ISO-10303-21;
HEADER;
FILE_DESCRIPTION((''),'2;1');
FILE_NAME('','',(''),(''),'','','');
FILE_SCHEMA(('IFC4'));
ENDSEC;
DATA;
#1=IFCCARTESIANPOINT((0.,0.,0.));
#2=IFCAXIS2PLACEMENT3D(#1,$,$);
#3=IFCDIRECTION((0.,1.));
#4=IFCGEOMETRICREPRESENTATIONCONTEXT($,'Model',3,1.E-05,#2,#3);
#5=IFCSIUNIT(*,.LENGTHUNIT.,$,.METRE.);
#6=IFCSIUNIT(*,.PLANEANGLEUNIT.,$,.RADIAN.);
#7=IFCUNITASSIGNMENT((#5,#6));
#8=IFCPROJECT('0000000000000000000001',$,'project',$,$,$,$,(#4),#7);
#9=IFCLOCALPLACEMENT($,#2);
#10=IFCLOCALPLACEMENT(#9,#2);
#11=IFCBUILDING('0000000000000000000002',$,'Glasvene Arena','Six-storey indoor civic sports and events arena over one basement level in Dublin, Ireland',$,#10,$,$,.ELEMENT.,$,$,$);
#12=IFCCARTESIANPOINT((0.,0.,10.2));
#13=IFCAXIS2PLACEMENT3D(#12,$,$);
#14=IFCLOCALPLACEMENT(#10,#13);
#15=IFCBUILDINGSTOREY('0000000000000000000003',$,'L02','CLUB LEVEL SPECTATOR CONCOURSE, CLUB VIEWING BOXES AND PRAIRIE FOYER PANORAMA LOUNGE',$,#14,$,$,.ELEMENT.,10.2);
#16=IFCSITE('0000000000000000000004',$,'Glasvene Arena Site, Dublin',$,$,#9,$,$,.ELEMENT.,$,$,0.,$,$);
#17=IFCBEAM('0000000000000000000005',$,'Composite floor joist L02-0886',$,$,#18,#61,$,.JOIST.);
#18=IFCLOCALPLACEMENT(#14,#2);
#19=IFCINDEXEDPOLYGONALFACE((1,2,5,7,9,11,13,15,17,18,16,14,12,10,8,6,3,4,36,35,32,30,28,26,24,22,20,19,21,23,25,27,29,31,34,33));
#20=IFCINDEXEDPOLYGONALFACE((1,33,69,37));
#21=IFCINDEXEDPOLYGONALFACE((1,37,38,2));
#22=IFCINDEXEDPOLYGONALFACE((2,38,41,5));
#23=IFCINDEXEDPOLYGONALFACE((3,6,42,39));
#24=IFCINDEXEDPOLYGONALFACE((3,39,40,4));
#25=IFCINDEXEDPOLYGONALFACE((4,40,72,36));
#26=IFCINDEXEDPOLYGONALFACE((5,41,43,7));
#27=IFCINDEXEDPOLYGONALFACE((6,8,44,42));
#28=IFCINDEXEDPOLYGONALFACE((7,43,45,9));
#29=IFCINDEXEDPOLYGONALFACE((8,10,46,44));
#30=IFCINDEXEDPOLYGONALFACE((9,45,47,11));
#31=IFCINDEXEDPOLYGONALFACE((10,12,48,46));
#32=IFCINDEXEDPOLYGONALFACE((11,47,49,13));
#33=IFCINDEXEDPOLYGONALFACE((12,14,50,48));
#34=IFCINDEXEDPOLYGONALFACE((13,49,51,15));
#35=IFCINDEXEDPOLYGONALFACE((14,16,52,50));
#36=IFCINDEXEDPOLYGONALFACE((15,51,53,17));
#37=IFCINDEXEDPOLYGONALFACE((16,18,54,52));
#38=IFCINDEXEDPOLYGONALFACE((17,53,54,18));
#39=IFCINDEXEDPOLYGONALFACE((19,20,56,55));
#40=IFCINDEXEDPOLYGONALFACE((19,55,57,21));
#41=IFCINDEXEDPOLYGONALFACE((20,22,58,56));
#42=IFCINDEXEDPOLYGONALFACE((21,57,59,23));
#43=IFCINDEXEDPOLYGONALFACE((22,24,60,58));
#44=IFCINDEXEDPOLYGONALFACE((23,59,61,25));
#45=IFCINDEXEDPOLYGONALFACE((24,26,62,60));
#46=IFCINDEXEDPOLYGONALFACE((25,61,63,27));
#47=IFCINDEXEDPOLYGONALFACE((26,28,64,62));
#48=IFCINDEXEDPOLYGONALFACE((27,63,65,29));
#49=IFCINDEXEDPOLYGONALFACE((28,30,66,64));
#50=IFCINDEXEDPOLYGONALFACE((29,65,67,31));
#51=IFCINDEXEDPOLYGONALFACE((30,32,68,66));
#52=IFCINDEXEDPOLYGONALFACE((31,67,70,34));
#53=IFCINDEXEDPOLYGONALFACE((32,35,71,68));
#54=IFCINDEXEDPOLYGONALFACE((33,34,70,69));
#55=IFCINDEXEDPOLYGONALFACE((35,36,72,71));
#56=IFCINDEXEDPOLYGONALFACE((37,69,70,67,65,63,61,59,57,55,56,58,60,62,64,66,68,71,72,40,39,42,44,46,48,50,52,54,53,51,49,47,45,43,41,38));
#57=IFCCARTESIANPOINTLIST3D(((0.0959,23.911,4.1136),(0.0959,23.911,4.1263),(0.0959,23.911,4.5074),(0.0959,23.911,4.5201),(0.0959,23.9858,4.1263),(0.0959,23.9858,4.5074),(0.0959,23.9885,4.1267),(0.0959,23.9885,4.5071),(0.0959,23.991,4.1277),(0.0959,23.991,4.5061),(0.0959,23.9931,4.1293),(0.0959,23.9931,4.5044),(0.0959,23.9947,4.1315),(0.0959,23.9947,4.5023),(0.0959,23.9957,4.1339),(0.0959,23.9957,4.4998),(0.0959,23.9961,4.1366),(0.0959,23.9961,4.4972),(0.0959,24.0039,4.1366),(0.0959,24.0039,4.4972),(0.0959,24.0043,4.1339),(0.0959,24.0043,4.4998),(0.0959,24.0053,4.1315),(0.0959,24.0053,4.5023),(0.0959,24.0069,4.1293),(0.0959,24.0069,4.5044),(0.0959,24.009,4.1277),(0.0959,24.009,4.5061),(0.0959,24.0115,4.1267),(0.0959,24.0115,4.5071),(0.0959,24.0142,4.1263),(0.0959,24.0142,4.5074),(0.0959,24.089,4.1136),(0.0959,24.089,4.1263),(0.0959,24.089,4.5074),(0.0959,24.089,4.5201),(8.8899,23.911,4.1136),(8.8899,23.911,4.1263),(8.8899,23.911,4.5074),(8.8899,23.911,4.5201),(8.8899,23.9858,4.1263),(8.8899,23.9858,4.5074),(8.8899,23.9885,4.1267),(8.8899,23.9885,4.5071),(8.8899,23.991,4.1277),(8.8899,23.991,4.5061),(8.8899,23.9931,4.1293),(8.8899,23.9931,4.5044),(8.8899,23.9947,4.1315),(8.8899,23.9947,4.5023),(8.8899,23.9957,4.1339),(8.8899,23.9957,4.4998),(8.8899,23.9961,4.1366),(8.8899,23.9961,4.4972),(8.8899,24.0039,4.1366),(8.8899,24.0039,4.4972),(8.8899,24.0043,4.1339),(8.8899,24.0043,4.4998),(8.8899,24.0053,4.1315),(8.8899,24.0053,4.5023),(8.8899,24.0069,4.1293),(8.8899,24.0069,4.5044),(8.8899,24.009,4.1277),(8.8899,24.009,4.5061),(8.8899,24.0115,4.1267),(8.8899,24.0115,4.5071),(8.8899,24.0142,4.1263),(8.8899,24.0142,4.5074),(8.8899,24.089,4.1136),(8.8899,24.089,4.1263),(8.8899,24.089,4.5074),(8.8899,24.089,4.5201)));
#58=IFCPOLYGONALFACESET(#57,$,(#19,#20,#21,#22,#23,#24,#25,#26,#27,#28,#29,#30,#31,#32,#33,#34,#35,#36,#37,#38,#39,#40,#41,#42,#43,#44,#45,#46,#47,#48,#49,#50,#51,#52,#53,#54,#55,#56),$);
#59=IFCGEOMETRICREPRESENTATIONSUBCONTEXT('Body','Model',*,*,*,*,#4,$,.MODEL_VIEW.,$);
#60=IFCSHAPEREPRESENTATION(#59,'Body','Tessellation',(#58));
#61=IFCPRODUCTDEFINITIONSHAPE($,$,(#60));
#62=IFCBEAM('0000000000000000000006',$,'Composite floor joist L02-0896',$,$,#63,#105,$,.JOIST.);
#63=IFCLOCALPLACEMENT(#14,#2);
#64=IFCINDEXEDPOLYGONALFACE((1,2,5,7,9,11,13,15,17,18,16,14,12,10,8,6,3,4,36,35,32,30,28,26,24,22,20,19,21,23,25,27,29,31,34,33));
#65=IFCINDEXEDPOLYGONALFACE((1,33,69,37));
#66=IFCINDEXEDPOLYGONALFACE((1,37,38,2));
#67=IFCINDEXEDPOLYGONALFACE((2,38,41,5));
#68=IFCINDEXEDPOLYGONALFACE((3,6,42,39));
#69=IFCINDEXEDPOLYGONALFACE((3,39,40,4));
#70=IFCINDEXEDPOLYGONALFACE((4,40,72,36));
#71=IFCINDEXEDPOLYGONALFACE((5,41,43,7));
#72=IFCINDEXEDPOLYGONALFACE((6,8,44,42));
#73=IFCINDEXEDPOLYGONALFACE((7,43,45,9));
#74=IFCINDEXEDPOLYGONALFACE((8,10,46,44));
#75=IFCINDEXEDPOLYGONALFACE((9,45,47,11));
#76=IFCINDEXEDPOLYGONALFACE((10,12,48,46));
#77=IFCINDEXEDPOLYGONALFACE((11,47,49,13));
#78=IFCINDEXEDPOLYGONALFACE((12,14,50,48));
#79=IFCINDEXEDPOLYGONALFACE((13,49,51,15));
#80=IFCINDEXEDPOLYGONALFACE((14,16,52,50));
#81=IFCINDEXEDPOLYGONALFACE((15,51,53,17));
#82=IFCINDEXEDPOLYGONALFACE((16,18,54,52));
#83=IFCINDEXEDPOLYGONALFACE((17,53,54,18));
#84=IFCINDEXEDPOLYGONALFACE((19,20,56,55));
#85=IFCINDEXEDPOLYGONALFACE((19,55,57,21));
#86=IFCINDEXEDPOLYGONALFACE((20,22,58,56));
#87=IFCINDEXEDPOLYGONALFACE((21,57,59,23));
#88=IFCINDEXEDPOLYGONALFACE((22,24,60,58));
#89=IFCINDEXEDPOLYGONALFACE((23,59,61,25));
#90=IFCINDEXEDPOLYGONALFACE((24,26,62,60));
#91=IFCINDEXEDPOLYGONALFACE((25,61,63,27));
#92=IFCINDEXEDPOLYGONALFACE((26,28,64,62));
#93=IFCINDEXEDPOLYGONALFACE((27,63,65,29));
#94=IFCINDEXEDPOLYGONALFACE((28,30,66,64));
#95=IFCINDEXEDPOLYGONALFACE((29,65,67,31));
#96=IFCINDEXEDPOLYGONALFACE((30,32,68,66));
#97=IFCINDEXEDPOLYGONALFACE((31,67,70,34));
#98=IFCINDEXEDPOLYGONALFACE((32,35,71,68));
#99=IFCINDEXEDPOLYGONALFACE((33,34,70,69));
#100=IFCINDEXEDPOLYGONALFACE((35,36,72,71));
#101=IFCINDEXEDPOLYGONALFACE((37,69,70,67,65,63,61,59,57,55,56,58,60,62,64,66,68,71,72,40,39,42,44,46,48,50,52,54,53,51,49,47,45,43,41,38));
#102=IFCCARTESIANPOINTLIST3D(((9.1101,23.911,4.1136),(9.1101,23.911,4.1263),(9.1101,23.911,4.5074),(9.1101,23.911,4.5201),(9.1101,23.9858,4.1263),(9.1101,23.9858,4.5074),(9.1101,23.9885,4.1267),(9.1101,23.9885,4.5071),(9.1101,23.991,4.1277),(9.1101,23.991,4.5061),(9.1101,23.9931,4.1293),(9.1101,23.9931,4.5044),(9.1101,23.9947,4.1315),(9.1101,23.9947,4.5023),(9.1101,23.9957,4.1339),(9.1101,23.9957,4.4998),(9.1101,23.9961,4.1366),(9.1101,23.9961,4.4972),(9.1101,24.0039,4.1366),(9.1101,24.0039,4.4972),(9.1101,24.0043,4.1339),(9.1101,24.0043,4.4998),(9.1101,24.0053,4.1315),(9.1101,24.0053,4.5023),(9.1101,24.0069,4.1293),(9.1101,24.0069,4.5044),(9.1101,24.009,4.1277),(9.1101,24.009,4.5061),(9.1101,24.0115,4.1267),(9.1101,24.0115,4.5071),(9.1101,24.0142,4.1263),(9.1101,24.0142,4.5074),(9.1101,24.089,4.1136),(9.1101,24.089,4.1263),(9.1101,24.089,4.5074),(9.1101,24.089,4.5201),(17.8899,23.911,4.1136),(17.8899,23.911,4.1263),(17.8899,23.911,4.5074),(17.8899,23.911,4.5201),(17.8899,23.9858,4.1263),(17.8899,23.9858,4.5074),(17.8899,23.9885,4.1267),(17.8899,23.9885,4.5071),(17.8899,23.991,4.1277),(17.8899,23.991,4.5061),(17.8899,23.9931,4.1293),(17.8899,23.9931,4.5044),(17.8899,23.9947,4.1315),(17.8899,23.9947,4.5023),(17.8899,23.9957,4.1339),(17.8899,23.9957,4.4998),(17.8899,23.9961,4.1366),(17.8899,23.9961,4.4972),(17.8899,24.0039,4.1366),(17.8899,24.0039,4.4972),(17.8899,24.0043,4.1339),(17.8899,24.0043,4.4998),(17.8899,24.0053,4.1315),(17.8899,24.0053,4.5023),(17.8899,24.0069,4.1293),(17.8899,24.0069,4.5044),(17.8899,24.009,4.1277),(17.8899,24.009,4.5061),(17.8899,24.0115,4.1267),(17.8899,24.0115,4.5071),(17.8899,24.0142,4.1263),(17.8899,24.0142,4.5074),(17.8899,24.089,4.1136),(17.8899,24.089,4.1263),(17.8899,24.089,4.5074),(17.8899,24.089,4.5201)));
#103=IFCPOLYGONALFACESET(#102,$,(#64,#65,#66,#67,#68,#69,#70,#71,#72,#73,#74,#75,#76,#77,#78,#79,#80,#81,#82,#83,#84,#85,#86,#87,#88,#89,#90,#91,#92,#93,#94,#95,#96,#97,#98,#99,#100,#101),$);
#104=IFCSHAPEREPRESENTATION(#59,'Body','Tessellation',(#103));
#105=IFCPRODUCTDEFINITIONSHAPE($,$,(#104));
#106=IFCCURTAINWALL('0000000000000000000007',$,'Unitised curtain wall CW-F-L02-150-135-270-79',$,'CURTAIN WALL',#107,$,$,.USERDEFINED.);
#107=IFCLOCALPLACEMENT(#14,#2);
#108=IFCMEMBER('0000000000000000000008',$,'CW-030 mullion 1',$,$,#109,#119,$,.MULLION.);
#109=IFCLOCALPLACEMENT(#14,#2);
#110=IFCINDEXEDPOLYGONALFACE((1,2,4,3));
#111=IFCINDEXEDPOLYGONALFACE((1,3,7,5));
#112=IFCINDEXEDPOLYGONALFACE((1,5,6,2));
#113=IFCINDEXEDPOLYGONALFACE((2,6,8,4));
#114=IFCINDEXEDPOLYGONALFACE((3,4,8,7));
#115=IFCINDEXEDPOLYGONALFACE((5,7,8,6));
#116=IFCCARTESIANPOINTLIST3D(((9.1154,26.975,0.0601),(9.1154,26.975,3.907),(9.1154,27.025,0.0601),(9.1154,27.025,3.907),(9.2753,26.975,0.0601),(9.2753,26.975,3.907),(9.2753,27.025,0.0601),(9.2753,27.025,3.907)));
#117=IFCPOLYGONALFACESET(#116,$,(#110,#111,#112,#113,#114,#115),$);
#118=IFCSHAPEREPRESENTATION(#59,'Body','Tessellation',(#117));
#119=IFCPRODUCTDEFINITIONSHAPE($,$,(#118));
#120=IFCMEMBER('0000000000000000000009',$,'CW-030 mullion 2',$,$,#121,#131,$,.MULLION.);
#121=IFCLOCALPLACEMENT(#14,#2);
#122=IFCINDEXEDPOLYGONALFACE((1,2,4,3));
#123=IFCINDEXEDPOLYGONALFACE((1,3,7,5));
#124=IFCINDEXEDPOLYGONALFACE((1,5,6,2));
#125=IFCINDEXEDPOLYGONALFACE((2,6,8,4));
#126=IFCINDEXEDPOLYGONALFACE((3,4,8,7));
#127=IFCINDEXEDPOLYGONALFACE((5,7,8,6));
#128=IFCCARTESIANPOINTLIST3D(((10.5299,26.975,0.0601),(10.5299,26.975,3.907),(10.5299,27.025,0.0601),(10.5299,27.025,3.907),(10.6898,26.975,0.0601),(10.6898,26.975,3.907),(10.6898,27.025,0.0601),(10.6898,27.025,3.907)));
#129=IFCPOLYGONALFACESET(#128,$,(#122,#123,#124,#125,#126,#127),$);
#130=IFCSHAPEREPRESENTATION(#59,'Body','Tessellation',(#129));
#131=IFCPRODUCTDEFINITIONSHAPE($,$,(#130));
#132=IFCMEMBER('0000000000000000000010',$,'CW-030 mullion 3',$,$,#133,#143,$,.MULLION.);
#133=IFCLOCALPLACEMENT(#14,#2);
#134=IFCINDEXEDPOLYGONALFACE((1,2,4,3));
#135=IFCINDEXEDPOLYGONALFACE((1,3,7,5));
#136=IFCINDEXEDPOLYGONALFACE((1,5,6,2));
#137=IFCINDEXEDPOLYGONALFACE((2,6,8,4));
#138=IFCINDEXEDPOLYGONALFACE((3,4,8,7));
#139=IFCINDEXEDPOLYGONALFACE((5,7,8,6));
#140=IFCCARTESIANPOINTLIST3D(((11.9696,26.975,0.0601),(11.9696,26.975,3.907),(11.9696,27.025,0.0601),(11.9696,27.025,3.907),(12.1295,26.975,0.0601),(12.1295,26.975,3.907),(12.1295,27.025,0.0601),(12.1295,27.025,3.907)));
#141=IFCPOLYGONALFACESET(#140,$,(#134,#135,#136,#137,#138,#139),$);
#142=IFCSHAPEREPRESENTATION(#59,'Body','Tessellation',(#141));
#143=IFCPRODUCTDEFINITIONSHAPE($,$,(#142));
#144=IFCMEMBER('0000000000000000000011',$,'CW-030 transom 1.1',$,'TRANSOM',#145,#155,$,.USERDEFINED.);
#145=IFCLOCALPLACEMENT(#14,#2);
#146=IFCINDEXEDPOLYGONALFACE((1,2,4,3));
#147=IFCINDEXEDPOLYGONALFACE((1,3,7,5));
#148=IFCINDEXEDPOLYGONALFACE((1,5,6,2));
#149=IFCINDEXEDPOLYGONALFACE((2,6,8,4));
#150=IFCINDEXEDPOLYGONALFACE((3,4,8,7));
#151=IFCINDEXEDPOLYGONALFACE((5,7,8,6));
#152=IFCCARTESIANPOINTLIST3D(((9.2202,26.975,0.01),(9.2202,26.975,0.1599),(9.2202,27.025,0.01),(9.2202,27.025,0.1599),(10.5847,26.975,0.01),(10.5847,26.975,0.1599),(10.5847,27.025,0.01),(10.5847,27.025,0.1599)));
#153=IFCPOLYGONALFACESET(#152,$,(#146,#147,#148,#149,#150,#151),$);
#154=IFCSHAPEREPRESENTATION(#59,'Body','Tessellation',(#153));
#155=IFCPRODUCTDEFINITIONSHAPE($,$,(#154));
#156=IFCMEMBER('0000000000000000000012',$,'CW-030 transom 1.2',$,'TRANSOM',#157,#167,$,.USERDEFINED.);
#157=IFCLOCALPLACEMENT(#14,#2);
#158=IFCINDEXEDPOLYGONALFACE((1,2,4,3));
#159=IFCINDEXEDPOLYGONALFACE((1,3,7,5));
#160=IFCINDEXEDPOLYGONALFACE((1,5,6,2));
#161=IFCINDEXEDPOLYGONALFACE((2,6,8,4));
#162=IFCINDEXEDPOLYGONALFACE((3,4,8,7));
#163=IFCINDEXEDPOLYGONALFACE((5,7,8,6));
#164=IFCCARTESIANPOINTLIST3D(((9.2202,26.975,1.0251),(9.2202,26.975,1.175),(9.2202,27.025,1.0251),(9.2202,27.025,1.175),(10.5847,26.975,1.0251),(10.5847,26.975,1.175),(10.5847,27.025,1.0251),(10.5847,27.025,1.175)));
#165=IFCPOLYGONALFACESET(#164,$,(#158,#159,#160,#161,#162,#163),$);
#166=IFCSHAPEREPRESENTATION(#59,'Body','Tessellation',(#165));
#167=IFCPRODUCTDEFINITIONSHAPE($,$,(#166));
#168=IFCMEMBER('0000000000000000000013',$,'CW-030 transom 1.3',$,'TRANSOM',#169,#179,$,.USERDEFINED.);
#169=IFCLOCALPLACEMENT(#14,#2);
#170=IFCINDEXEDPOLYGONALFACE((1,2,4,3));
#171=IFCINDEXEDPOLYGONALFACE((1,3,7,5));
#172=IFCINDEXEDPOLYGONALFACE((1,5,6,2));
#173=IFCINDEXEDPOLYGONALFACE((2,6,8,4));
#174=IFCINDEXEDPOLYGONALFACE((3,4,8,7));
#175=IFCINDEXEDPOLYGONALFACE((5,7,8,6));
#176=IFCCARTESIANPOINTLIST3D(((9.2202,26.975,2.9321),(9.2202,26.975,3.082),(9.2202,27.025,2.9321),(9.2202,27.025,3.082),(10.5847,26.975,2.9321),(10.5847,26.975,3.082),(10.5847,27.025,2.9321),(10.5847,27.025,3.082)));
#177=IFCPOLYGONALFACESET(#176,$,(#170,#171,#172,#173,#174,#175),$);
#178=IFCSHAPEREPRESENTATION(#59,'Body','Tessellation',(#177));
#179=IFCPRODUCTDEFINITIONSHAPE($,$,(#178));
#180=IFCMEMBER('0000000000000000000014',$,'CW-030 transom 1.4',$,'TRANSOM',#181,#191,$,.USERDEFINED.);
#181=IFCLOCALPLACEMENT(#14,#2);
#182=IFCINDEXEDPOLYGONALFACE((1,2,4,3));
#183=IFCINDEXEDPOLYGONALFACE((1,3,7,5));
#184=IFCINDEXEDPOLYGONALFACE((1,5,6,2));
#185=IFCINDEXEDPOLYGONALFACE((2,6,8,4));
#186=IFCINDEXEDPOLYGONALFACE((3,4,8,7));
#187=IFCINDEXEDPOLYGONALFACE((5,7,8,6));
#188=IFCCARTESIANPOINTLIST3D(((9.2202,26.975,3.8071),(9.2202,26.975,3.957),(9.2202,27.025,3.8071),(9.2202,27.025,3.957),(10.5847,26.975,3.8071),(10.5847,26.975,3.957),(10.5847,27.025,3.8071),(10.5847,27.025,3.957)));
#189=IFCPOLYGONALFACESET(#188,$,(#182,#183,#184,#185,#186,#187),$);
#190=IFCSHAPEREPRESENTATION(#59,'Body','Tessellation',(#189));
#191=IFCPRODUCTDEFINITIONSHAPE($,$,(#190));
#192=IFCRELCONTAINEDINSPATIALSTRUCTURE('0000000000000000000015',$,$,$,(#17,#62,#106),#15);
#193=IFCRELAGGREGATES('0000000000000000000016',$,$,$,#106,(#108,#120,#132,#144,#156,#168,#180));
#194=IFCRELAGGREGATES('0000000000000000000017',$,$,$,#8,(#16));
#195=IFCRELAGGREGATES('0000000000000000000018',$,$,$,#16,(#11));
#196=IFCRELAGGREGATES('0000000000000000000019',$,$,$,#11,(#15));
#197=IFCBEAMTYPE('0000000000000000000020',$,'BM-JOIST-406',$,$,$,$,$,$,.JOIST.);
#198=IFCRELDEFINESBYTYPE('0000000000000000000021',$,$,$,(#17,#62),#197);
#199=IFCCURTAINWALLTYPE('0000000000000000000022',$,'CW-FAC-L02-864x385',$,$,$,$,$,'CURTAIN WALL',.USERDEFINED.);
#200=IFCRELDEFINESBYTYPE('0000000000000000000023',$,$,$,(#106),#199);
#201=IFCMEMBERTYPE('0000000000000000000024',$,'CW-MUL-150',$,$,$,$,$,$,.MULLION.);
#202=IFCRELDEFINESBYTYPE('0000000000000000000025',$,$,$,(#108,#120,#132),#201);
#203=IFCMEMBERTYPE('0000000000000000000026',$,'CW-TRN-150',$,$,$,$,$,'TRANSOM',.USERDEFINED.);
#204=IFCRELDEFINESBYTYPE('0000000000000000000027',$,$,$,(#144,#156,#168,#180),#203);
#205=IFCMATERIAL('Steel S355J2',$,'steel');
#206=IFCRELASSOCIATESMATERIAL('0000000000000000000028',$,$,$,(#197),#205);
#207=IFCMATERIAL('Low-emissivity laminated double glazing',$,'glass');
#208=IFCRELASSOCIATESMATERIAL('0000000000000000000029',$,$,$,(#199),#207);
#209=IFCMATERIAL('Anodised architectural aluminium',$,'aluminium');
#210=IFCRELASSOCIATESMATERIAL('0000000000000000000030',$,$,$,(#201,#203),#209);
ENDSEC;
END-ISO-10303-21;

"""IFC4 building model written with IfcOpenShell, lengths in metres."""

from ifc_helpers import new_model, si_unit, direction, frame, origin, origin_2d, place, context, subcontext, project, spatial, rectangle, i_section, extrude, material, material_profile, profile_set, type_object, element, aggregate, save


model = new_model("IFC4")

# Units and contexts
model_context = context("Model", 3, precision=1e-05, world=origin(), true_north=direction((0.0, 1.0)))
body_context = subcontext(model_context, "Body", "Model", "MODEL_VIEW")
ifc_project = project(units=[si_unit("LENGTHUNIT", "METRE"), si_unit("PLANEANGLEUNIT", "RADIAN")], contexts=[model_context])

# Site, building, storey
site_placement = place(None, origin())
site = spatial("IfcSite", under=ifc_project, at=site_placement, Name="Glasvene Arena Site, Dublin", CompositionType="ELEMENT", RefElevation=0.0)
building_placement = place(site_placement, origin())
building = spatial("IfcBuilding", under=site, at=building_placement, Name="Glasvene Arena", Description="Six-storey indoor civic sports and events arena over one basement level in Dublin, Ireland", CompositionType="ELEMENT")
storey_placement = place(building_placement, frame((0.0, 0.0, 10.2)))
storey = spatial("IfcBuildingStorey", under=building, at=storey_placement, Name="L02", Description="CLUB LEVEL SPECTATOR CONCOURSE, CLUB VIEWING BOXES AND PRAIRIE FOYER PANORAMA LOUNGE", CompositionType="ELEMENT", Elevation=10.2)

# Shared definitions
ifc_material_1 = material(Name="Steel S355J2", Category="steel")

# Beams
ifc_material_profile_1 = material_profile(ifc_material_1, i_section(OverallWidth=0.178, OverallDepth=0.4065, WebThickness=0.0078, FlangeThickness=0.0127, FilletRadius=0.0103, at=origin_2d()), Name="UKB 406x178x60")
ifc_profile_set_1 = profile_set([ifc_material_profile_1], Name="Steel S355J2")
beam_type_1 = type_object("IfcBeamType", Name="BM-JOIST-406", PredefinedType="JOIST", material=ifc_profile_set_1)
beam_1_placement = place(storey_placement, frame((0.0959, 24.0, 4.3169), z_axis=(1.0, 0.0, 0.0), x_axis=(0.0, 1.0, 0.0)))
element("IfcBeam", 1, at=beam_1_placement, inside=storey, type_object=beam_type_1, Name="Composite floor joist L02-0886", PredefinedType="JOIST", context=body_context, shape_type="SweptSolid", body=[
    extrude(i_section(OverallWidth=0.178, OverallDepth=0.4065, WebThickness=0.0078, FlangeThickness=0.0127, FilletRadius=0.0103, at=origin_2d()), origin(), (0.0, 0.0, 1.0), 8.7939),
])
beam_2_placement = place(storey_placement, frame((9.1101, 24.0, 4.3169), z_axis=(1.0, 0.0, 0.0), x_axis=(0.0, 1.0, 0.0)))
element("IfcBeam", 2, at=beam_2_placement, inside=storey, type_object=beam_type_1, Name="Composite floor joist L02-0896", PredefinedType="JOIST", context=body_context, shape_type="SweptSolid", body=[
    extrude(i_section(OverallWidth=0.178, OverallDepth=0.4065, WebThickness=0.0078, FlangeThickness=0.0127, FilletRadius=0.0103, at=origin_2d()), origin(), (0.0, 0.0, 1.0), 8.7798),
])

# Curtain wall, members
ifc_material_2 = material(Name="Low-emissivity laminated double glazing", Category="glass")
curtain_wall_type = type_object("IfcCurtainWallType", Name="CW-FAC-L02-864x385", ElementType="CURTAIN WALL", PredefinedType="USERDEFINED", material=ifc_material_2)
curtain_wall_placement = place(storey_placement, frame((9.1702, 27.0, 0.0)))
curtain_wall = element("IfcCurtainWall", 3, at=curtain_wall_placement, inside=storey, type_object=curtain_wall_type, Name="Unitised curtain wall CW-F-L02-150-135-270-79", ObjectType="CURTAIN WALL", PredefinedType="USERDEFINED")
ifc_material_3 = material(Name="Anodised architectural aluminium", Category="aluminium")
ifc_material_profile_2 = material_profile(ifc_material_3, rectangle(XDim=0.05, YDim=0.1599, at=origin_2d()), Name="ALU MULLION 50x160")
ifc_profile_set_2 = profile_set([ifc_material_profile_2], Name="Anodised architectural aluminium")
member_type_1 = type_object("IfcMemberType", Name="CW-MUL-150", PredefinedType="MULLION", material=ifc_profile_set_2)
member_1_placement = place(storey_placement, frame((9.1953, 27.0, 0.0601), z_axis=(0.0, 0.0, 1.0), x_axis=(0.0, 1.0, 0.0)))
member_1 = element("IfcMember", 4, at=member_1_placement, type_object=member_type_1, Name="CW-030 mullion 1", PredefinedType="MULLION", context=body_context, shape_type="SweptSolid", body=[
    extrude(rectangle(XDim=0.05, YDim=0.1599, at=origin_2d()), origin(), (0.0, 0.0, 1.0), 3.8469),
])
member_2_placement = place(storey_placement, frame((10.6099, 27.0, 0.0601), z_axis=(0.0, 0.0, 1.0), x_axis=(0.0, 1.0, 0.0)))
member_2 = element("IfcMember", 5, at=member_2_placement, type_object=member_type_1, Name="CW-030 mullion 2", PredefinedType="MULLION", context=body_context, shape_type="SweptSolid", body=[
    extrude(rectangle(XDim=0.05, YDim=0.1599, at=origin_2d()), origin(), (0.0, 0.0, 1.0), 3.8469),
])
member_3_placement = place(storey_placement, frame((12.0496, 27.0, 0.0601), z_axis=(0.0, 0.0, 1.0), x_axis=(0.0, 1.0, 0.0)))
member_3 = element("IfcMember", 6, at=member_3_placement, type_object=member_type_1, Name="CW-030 mullion 3", PredefinedType="MULLION", context=body_context, shape_type="SweptSolid", body=[
    extrude(rectangle(XDim=0.05, YDim=0.1599, at=origin_2d()), origin(), (0.0, 0.0, 1.0), 3.8469),
])
ifc_material_profile_3 = material_profile(ifc_material_3, rectangle(XDim=0.05, YDim=0.1499, at=origin_2d()), Name="ALU TRANSOM 50x150")
ifc_profile_set_3 = profile_set([ifc_material_profile_3], Name="Anodised architectural aluminium")
member_type_2 = type_object("IfcMemberType", Name="CW-TRN-150", ElementType="TRANSOM", PredefinedType="USERDEFINED", material=ifc_profile_set_3)
member_4_placement = place(storey_placement, frame((9.2202, 27.0, 0.085), z_axis=(1.0, 0.0, 0.0), x_axis=(0.0, 1.0, 0.0)))
member_4 = element("IfcMember", 7, at=member_4_placement, type_object=member_type_2, Name="CW-030 transom 1.1", ObjectType="TRANSOM", PredefinedType="USERDEFINED", context=body_context, shape_type="SweptSolid", body=[
    extrude(rectangle(XDim=0.05, YDim=0.1499, at=origin_2d()), origin(), (0.0, 0.0, 1.0), 1.3645),
])
member_5_placement = place(storey_placement, frame((9.2202, 27.0, 1.1001), z_axis=(1.0, 0.0, 0.0), x_axis=(0.0, 1.0, 0.0)))
member_5 = element("IfcMember", 8, at=member_5_placement, type_object=member_type_2, Name="CW-030 transom 1.2", ObjectType="TRANSOM", PredefinedType="USERDEFINED", context=body_context, shape_type="SweptSolid", body=[
    extrude(rectangle(XDim=0.05, YDim=0.1499, at=origin_2d()), origin(), (0.0, 0.0, 1.0), 1.3645),
])
member_6_placement = place(storey_placement, frame((9.2202, 27.0, 3.0071), z_axis=(1.0, 0.0, 0.0), x_axis=(0.0, 1.0, 0.0)))
member_6 = element("IfcMember", 9, at=member_6_placement, type_object=member_type_2, Name="CW-030 transom 1.3", ObjectType="TRANSOM", PredefinedType="USERDEFINED", context=body_context, shape_type="SweptSolid", body=[
    extrude(rectangle(XDim=0.05, YDim=0.1499, at=origin_2d()), origin(), (0.0, 0.0, 1.0), 1.3645),
])
member_7_placement = place(storey_placement, frame((9.2202, 27.0, 3.8821), z_axis=(1.0, 0.0, 0.0), x_axis=(0.0, 1.0, 0.0)))
member_7 = element("IfcMember", 10, at=member_7_placement, type_object=member_type_2, Name="CW-030 transom 1.4", ObjectType="TRANSOM", PredefinedType="USERDEFINED", context=body_context, shape_type="SweptSolid", body=[
    extrude(rectangle(XDim=0.05, YDim=0.1499, at=origin_2d()), origin(), (0.0, 0.0, 1.0), 1.3645),
])
aggregate(curtain_wall, [member_1, member_2, member_3, member_4, member_5, member_6, member_7])

save(model, "model.ifc")
